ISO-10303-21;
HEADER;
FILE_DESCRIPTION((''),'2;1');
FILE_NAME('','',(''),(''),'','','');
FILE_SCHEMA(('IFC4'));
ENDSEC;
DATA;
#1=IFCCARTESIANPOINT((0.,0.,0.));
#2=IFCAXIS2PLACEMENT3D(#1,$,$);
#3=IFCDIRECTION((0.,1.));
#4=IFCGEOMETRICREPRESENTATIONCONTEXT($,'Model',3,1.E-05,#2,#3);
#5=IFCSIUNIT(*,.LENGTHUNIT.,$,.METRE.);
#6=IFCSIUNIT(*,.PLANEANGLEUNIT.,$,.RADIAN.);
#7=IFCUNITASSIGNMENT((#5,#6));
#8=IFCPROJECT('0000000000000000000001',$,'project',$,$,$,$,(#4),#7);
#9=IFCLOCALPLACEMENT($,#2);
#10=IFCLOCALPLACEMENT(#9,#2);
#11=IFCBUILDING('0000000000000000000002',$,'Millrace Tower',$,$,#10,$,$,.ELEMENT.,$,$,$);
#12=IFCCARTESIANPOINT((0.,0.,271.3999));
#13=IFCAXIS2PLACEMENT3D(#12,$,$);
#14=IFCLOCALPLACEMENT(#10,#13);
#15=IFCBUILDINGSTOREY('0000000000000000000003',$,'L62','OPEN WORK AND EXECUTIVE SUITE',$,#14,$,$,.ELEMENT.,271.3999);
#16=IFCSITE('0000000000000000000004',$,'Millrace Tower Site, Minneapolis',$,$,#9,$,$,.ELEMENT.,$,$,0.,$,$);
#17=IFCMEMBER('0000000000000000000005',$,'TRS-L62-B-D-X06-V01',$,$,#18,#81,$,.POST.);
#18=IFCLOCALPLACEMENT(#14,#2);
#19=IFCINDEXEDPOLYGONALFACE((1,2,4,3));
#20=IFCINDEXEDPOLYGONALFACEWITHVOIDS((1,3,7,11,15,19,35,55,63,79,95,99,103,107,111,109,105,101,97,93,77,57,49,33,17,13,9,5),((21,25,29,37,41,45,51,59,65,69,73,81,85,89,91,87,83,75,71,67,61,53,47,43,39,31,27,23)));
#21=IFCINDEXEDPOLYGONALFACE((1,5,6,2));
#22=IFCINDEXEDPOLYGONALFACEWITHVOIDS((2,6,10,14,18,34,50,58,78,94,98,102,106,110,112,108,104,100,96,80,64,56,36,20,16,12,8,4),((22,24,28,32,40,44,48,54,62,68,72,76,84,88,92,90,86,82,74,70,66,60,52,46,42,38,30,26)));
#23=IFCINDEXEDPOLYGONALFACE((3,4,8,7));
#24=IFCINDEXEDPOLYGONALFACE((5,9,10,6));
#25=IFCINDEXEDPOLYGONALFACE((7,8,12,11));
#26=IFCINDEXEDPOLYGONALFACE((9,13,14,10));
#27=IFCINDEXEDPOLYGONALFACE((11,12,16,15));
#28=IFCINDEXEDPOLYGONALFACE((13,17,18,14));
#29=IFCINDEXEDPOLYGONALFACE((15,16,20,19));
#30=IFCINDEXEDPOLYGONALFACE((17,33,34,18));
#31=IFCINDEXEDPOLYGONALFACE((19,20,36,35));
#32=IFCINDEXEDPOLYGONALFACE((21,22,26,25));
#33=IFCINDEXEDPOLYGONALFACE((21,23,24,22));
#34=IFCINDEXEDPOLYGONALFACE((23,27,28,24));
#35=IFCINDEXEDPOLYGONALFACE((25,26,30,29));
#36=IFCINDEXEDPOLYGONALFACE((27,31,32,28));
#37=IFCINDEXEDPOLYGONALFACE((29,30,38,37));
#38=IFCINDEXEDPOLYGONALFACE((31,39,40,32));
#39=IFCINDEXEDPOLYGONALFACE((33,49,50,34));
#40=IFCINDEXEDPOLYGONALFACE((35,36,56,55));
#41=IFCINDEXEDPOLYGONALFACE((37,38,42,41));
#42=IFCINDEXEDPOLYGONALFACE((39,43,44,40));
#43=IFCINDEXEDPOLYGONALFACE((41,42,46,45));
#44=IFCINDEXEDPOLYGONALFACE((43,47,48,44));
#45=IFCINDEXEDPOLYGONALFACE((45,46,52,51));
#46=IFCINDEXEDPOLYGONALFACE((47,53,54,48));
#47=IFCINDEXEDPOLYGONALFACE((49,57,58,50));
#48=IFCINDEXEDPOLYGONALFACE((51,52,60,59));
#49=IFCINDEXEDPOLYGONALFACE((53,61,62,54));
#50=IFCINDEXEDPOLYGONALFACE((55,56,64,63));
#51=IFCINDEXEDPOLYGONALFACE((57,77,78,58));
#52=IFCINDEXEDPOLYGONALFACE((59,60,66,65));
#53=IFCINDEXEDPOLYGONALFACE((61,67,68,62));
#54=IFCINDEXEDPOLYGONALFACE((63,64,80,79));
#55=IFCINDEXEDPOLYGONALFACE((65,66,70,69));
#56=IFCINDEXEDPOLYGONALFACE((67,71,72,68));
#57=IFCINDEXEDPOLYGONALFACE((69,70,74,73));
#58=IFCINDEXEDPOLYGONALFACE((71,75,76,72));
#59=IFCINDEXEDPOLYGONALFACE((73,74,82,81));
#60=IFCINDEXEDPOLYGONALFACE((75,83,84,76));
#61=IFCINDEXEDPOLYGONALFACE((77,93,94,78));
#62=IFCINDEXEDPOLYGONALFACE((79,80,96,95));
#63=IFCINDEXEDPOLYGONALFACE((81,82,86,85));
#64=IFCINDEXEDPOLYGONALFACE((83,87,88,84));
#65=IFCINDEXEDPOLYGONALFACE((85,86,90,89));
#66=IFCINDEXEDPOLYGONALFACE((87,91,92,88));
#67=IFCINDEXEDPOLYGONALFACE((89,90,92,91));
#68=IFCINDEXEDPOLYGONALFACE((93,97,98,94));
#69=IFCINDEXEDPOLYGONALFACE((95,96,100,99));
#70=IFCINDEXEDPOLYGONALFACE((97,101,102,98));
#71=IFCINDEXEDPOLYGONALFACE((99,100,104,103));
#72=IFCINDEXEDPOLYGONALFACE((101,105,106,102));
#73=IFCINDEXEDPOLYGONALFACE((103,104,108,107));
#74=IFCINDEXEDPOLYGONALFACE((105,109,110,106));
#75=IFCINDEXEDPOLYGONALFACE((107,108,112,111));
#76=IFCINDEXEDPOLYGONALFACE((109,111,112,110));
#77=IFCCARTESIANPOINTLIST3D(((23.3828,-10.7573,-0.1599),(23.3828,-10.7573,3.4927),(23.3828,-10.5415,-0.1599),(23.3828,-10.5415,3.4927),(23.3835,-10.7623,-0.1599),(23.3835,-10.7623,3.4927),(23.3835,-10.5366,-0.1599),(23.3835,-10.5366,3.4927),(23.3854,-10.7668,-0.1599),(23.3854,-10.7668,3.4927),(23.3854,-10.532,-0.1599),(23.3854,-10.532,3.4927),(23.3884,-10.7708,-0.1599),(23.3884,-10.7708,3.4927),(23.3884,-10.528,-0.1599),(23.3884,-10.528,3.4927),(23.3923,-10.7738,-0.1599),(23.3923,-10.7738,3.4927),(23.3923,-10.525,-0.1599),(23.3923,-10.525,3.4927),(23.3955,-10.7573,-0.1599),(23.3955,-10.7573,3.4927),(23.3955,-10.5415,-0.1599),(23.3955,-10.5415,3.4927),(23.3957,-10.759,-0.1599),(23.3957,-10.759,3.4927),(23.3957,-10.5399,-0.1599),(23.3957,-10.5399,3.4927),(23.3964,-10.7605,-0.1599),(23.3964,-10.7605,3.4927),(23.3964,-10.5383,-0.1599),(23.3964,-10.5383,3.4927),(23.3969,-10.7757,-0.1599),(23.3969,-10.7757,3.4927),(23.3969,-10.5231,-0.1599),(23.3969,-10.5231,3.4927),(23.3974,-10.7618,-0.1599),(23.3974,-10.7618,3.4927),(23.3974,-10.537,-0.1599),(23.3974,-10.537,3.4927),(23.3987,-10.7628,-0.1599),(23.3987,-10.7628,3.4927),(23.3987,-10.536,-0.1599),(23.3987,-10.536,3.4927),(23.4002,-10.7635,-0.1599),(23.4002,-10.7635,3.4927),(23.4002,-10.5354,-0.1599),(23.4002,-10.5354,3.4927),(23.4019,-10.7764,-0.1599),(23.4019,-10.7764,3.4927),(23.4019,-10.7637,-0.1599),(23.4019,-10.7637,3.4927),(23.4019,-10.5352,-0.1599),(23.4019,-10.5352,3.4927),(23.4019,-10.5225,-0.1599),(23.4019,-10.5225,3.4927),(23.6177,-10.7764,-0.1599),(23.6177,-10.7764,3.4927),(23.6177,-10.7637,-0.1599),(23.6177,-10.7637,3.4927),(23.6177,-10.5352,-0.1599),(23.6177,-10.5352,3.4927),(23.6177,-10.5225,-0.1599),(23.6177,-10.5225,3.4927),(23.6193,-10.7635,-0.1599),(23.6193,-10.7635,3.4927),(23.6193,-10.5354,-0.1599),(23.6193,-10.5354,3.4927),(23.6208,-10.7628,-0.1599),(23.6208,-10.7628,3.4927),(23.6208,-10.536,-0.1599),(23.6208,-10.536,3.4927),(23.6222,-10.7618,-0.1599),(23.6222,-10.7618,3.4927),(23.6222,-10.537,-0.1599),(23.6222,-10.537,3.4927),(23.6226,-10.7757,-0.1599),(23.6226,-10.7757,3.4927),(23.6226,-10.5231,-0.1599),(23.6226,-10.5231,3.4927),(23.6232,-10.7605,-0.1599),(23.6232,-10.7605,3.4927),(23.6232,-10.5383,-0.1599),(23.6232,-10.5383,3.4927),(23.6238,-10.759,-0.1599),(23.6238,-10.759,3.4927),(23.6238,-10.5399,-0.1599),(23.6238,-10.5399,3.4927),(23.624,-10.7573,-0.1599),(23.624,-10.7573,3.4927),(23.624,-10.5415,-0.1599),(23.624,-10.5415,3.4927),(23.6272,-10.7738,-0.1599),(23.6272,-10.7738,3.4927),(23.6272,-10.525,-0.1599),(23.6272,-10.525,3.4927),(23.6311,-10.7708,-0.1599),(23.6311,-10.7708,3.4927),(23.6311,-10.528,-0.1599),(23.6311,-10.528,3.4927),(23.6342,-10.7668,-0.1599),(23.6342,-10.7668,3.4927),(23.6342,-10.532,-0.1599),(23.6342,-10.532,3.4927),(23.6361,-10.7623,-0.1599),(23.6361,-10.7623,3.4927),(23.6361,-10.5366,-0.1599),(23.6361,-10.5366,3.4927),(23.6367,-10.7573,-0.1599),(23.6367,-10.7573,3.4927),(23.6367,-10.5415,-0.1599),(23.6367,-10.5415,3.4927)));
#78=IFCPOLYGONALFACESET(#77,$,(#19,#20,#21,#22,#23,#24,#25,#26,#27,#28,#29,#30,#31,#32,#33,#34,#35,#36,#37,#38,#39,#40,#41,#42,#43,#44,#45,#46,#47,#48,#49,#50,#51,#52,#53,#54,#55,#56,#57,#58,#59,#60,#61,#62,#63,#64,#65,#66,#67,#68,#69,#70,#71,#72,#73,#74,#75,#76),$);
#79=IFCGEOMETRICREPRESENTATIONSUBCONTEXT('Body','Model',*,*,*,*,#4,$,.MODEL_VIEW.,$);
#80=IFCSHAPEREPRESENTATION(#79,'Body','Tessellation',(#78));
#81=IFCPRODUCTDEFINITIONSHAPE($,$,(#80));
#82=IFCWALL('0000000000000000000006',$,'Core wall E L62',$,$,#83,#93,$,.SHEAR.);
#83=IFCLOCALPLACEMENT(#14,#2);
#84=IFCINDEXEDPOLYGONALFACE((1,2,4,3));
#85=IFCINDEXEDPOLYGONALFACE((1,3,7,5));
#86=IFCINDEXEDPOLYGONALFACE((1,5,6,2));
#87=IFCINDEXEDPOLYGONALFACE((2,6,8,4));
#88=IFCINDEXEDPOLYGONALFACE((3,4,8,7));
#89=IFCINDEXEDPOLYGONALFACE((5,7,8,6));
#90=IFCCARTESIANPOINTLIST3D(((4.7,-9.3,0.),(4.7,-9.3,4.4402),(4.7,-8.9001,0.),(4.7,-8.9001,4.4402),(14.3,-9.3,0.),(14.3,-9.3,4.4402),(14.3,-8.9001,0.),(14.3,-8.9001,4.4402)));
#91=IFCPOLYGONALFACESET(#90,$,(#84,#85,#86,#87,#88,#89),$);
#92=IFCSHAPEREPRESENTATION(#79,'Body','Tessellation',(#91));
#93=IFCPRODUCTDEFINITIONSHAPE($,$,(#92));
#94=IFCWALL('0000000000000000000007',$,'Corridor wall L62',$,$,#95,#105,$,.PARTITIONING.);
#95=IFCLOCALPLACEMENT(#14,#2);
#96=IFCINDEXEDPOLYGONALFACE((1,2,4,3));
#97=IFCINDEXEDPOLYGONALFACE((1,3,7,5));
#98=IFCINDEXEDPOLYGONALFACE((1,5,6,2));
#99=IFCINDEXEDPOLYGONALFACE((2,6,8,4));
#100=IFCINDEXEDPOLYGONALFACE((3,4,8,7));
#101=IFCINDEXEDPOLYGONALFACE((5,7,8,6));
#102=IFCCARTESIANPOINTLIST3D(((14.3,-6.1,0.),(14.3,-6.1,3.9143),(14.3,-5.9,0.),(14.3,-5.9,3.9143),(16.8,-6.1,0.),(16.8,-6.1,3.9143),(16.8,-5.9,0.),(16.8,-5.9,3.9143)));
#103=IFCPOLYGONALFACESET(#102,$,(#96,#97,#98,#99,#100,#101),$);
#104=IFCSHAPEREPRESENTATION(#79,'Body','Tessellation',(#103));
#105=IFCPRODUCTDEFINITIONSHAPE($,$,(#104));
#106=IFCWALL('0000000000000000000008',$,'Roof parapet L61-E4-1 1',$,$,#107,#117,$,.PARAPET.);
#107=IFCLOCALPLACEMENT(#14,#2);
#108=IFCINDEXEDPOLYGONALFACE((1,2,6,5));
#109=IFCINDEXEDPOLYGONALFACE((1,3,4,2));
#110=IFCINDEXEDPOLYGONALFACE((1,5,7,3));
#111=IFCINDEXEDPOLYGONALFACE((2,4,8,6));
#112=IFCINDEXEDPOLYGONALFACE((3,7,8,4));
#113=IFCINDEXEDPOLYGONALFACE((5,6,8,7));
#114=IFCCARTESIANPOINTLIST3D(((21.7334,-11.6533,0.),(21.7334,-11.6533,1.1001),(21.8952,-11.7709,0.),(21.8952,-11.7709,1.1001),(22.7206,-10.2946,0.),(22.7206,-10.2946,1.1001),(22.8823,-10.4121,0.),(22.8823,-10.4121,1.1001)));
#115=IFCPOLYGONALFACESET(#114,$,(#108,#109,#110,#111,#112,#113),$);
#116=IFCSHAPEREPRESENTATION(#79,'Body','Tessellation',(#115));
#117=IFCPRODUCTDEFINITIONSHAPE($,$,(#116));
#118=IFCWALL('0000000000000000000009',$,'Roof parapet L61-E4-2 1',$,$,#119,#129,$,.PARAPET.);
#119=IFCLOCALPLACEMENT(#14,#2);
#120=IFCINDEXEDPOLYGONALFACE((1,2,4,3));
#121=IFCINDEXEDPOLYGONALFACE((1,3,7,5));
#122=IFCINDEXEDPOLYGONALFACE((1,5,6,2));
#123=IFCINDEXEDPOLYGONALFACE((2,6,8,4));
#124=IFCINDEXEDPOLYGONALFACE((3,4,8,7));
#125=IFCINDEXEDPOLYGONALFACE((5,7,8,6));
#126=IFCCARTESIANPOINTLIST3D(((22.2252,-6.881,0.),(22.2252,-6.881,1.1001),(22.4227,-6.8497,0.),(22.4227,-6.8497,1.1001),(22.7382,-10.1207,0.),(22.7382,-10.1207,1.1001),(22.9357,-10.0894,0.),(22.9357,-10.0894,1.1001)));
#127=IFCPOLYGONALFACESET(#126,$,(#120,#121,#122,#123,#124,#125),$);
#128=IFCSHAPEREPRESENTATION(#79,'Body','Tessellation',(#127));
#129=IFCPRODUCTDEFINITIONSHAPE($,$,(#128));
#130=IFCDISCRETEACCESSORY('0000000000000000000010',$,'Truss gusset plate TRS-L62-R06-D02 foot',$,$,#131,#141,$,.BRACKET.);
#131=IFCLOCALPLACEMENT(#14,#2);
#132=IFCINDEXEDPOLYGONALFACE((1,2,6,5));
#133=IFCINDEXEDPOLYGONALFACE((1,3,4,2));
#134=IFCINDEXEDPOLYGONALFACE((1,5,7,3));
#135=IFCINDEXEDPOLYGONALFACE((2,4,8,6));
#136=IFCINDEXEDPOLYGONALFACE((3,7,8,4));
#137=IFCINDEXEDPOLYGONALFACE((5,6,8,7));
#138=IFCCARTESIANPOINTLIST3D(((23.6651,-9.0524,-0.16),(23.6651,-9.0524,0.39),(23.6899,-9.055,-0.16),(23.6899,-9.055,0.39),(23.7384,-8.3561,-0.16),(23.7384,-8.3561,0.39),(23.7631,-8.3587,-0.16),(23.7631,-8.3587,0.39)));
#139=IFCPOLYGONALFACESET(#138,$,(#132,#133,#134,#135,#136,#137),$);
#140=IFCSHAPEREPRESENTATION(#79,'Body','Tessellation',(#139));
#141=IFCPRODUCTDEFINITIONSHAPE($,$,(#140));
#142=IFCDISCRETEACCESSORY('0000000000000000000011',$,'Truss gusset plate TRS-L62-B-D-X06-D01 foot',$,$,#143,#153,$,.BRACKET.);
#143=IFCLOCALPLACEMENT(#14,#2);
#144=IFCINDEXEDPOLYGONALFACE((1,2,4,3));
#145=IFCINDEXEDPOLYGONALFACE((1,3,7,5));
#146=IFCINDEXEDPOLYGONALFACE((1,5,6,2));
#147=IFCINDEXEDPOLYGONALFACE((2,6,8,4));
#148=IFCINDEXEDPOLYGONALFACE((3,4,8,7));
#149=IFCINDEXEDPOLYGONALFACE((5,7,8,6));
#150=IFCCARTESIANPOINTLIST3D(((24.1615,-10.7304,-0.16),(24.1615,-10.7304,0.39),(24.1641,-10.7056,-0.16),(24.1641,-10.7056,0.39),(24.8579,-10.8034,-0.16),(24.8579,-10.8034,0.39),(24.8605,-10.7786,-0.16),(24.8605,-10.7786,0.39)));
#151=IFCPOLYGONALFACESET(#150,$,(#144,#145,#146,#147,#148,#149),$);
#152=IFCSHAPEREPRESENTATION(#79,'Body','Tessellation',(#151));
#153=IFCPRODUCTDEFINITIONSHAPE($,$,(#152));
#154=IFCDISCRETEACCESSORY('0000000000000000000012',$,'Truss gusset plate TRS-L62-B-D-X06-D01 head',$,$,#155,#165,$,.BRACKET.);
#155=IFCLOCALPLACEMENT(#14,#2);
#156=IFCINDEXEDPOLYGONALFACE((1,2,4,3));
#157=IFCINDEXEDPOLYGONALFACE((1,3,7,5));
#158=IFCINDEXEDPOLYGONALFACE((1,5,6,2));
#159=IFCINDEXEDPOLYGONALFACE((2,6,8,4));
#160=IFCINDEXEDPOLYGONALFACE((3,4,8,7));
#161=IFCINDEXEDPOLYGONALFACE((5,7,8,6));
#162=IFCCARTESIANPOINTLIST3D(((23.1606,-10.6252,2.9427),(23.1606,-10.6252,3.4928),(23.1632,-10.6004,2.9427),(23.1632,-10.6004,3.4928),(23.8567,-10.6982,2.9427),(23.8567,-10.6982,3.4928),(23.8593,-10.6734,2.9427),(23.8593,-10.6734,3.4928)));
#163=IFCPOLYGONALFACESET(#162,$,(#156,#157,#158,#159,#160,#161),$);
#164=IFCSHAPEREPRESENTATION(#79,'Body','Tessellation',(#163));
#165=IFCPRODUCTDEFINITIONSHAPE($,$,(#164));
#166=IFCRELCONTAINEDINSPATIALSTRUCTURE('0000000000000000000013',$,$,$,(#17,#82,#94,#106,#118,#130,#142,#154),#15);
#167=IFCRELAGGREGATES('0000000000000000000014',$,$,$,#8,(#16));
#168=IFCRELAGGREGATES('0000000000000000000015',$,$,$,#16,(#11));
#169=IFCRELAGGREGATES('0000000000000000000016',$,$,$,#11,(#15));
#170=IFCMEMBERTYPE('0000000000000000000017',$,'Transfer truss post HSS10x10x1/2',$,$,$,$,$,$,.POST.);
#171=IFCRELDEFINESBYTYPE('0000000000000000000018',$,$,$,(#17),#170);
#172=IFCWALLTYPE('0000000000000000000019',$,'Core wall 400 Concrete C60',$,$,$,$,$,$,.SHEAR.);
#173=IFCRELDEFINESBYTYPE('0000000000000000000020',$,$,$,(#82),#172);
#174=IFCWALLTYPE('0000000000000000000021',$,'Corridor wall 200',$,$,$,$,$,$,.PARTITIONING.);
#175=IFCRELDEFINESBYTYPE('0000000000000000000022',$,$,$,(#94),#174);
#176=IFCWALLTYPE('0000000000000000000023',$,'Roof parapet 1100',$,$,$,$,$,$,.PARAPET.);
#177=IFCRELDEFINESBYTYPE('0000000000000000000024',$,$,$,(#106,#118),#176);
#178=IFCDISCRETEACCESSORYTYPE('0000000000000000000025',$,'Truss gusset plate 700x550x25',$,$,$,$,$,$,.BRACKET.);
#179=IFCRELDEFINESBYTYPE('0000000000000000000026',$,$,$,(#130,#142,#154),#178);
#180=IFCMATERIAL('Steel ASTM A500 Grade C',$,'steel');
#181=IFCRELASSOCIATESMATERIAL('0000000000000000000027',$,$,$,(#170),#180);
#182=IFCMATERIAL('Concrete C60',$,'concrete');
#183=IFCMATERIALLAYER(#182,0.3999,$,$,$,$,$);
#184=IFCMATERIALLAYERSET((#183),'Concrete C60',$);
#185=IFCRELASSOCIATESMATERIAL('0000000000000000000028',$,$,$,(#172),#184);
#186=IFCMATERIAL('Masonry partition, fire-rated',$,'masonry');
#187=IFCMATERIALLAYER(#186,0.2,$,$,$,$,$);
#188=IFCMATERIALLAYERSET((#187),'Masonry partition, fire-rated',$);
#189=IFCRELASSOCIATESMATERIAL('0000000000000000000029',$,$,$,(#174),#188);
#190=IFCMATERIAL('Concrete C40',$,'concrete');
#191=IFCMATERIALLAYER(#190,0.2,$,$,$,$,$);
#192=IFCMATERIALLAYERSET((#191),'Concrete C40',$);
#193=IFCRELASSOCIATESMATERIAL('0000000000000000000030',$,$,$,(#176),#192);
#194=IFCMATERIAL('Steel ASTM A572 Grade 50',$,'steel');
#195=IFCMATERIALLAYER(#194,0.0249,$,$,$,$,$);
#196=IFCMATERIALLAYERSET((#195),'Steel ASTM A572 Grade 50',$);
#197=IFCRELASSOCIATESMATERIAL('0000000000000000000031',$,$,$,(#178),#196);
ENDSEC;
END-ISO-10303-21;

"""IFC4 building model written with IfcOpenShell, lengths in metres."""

from ifc_helpers import new_model, si_unit, direction, frame, frame_2d, origin, origin_2d, place, context, subcontext, project, spatial, rectangle, hollow_rectangle, extrude, material, layer, layer_set, material_profile, profile_set, type_object, element, save


model = new_model("IFC4")

# Units and contexts
model_context = context("Model", 3, precision=1e-05, world=origin(), true_north=direction((0.0, 1.0)))
body_context = subcontext(model_context, "Body", "Model", "MODEL_VIEW")
ifc_project = project(units=[si_unit("LENGTHUNIT", "METRE"), si_unit("PLANEANGLEUNIT", "RADIAN")], contexts=[model_context])

# Site, building, storey
site_placement = place(None, origin())
site = spatial("IfcSite", under=ifc_project, at=site_placement, Name="Millrace Tower Site, Minneapolis", CompositionType="ELEMENT", RefElevation=0.0)
building_placement = place(site_placement, origin())
building = spatial("IfcBuilding", under=site, at=building_placement, Name="Millrace Tower", CompositionType="ELEMENT")
storey_placement = place(building_placement, frame((0.0, 0.0, 271.3999)))
storey = spatial("IfcBuildingStorey", under=building, at=storey_placement, Name="L62", Description="OPEN WORK AND EXECUTIVE SUITE", CompositionType="ELEMENT", Elevation=271.3999)

# Member
ifc_material_1 = material(Name="Steel ASTM A500 Grade C", Category="steel")
ifc_material_profile_1 = material_profile(ifc_material_1, hollow_rectangle(XDim=0.2539, YDim=0.2539, WallThickness=0.0127, InnerFilletRadius=0.0063, OuterFilletRadius=0.019, at=origin_2d()))
ifc_profile_set_1 = profile_set([ifc_material_profile_1], Name="Steel ASTM A500 Grade C")
member_type_1 = type_object("IfcMemberType", Name="Transfer truss post HSS10x10x1/2", PredefinedType="POST", material=ifc_profile_set_1)
for number, where, z_axis, x_axis, name in (
    (1, (23.5098, -10.6494, -0.1599), (0.0, 0.0, 1.0), (1.0, 0.0, 0.0), "TRS-L62-B-D-X06-V01"),
):
    element("IfcMember", number, at=place(storey_placement, frame(where, z_axis=z_axis, x_axis=x_axis)), inside=storey, type_object=member_type_1, Name=name, PredefinedType="POST", context=body_context, shape_type="SweptSolid", body=[
        extrude(hollow_rectangle(XDim=0.2539, YDim=0.2539, WallThickness=0.0127, InnerFilletRadius=0.0063, OuterFilletRadius=0.019, at=origin_2d()), origin(), (0.0, 0.0, 1.0), 3.6526),
    ])

# Walls
ifc_material_2 = material(Name="Concrete C60", Category="concrete")
ifc_layer_1 = layer(ifc_material_2, 0.3999)
ifc_layer_set_1 = layer_set([ifc_layer_1], Name="Concrete C60")
wall_type_1 = type_object("IfcWallType", Name="Core wall 400 Concrete C60", PredefinedType="SHEAR", material=ifc_layer_set_1)
wall_1_placement = place(storey_placement, frame((14.3, -9.1001, 0.0), z_axis=(0.0, 0.0, 1.0), x_axis=(-1.0, 0.0, 0.0)))
element("IfcWall", 2, at=wall_1_placement, inside=storey, type_object=wall_type_1, Name="Core wall E L62", PredefinedType="SHEAR", context=body_context, shape_type="SweptSolid", body=[
    extrude(rectangle(XDim=9.6001, YDim=0.3999, at=frame_2d((4.8, 0.0))), origin(), (0.0, 0.0, 1.0), 4.4402),
])
ifc_material_3 = material(Name="Masonry partition, fire-rated", Category="masonry")
ifc_layer_2 = layer(ifc_material_3, 0.2)
ifc_layer_set_2 = layer_set([ifc_layer_2], Name="Masonry partition, fire-rated")
wall_type_2 = type_object("IfcWallType", Name="Corridor wall 200", PredefinedType="PARTITIONING", material=ifc_layer_set_2)
wall_2_placement = place(storey_placement, frame((14.3, -6.0, 0.0), z_axis=(0.0, 0.0, 1.0), x_axis=(1.0, 0.0, 0.0)))
element("IfcWall", 3, at=wall_2_placement, inside=storey, type_object=wall_type_2, Name="Corridor wall L62", PredefinedType="PARTITIONING", context=body_context, shape_type="SweptSolid", body=[
    extrude(rectangle(XDim=2.5, YDim=0.2, at=frame_2d((1.25, 0.0))), origin(), (0.0, 0.0, 1.0), 3.9143),
])
ifc_material_4 = material(Name="Concrete C40", Category="concrete")
ifc_layer_3 = layer(ifc_material_4, 0.2)
ifc_layer_set_3 = layer_set([ifc_layer_3], Name="Concrete C40")
wall_type_3 = type_object("IfcWallType", Name="Roof parapet 1100", PredefinedType="PARAPET", material=ifc_layer_set_3)
wall_3_placement = place(storey_placement, frame((22.8015, -10.3533, 0.0), z_axis=(0.0, 0.0, 1.0), x_axis=(-0.587765, -0.809031, 0.0)))
element("IfcWall", 4, at=wall_3_placement, inside=storey, type_object=wall_type_3, Name="Roof parapet L61-E4-1 1", PredefinedType="PARAPET", context=body_context, shape_type="SweptSolid", body=[
    extrude(rectangle(XDim=1.6794, YDim=0.2, at=frame_2d((0.8398, 0.0))), origin(), (0.0, 0.0, 1.0), 1.1001),
])
wall_4_placement = place(storey_placement, frame((22.324, -6.8652, 0.0), z_axis=(0.0, 0.0, 1.0), x_axis=(0.156379, -0.987697, 0.0)))
element("IfcWall", 5, at=wall_4_placement, inside=storey, type_object=wall_type_3, Name="Roof parapet L61-E4-2 1", PredefinedType="PARAPET", context=body_context, shape_type="SweptSolid", body=[
    extrude(rectangle(XDim=3.28, YDim=0.2, at=frame_2d((1.6401, 0.0))), origin(), (0.0, 0.0, 1.0), 1.1001),
])

# Discrete accessories
ifc_material_5 = material(Name="Steel ASTM A572 Grade 50", Category="steel")
ifc_layer_4 = layer(ifc_material_5, 0.0249)
ifc_layer_set_4 = layer_set([ifc_layer_4], Name="Steel ASTM A572 Grade 50")
discrete_accessory_type = type_object("IfcDiscreteAccessoryType", Name="Truss gusset plate 700x550x25", PredefinedType="BRACKET", material=ifc_layer_set_4)
for number, where, z_axis, x_axis, name in (
    (6, (23.6775, -9.0537, 0.115), (0.104612, 0.994513, 0.0), (-0.994513, 0.104612, 0.0), "Truss gusset plate TRS-L62-R06-D02 foot"),
    (7, (24.1628, -10.718, 0.115), (0.994549, -0.104267, 0.0), (0.104267, 0.994549, 0.0), "Truss gusset plate TRS-L62-B-D-X06-D01 foot"),
):
    element("IfcDiscreteAccessory", number, at=place(storey_placement, frame(where, z_axis=z_axis, x_axis=x_axis)), inside=storey, type_object=discrete_accessory_type, Name=name, PredefinedType="BRACKET", context=body_context, shape_type="SweptSolid", body=[
        extrude(rectangle(XDim=0.0249, YDim=0.55, at=origin_2d()), origin(), (0.0, 0.0, 1.0), 0.7002),
    ])
discrete_accessory_placement = place(storey_placement, frame((23.1619, -10.6128, 3.2178), z_axis=(0.994546, -0.104303, 0.0), x_axis=(0.104303, 0.994546, 0.0)))
element("IfcDiscreteAccessory", 8, at=discrete_accessory_placement, inside=storey, type_object=discrete_accessory_type, Name="Truss gusset plate TRS-L62-B-D-X06-D01 head", PredefinedType="BRACKET", context=body_context, shape_type="SweptSolid", body=[
    extrude(rectangle(XDim=0.0249, YDim=0.55, at=origin_2d()), origin(), (0.0, 0.0, 1.0), 0.7),
])

save(model, "model.ifc")
